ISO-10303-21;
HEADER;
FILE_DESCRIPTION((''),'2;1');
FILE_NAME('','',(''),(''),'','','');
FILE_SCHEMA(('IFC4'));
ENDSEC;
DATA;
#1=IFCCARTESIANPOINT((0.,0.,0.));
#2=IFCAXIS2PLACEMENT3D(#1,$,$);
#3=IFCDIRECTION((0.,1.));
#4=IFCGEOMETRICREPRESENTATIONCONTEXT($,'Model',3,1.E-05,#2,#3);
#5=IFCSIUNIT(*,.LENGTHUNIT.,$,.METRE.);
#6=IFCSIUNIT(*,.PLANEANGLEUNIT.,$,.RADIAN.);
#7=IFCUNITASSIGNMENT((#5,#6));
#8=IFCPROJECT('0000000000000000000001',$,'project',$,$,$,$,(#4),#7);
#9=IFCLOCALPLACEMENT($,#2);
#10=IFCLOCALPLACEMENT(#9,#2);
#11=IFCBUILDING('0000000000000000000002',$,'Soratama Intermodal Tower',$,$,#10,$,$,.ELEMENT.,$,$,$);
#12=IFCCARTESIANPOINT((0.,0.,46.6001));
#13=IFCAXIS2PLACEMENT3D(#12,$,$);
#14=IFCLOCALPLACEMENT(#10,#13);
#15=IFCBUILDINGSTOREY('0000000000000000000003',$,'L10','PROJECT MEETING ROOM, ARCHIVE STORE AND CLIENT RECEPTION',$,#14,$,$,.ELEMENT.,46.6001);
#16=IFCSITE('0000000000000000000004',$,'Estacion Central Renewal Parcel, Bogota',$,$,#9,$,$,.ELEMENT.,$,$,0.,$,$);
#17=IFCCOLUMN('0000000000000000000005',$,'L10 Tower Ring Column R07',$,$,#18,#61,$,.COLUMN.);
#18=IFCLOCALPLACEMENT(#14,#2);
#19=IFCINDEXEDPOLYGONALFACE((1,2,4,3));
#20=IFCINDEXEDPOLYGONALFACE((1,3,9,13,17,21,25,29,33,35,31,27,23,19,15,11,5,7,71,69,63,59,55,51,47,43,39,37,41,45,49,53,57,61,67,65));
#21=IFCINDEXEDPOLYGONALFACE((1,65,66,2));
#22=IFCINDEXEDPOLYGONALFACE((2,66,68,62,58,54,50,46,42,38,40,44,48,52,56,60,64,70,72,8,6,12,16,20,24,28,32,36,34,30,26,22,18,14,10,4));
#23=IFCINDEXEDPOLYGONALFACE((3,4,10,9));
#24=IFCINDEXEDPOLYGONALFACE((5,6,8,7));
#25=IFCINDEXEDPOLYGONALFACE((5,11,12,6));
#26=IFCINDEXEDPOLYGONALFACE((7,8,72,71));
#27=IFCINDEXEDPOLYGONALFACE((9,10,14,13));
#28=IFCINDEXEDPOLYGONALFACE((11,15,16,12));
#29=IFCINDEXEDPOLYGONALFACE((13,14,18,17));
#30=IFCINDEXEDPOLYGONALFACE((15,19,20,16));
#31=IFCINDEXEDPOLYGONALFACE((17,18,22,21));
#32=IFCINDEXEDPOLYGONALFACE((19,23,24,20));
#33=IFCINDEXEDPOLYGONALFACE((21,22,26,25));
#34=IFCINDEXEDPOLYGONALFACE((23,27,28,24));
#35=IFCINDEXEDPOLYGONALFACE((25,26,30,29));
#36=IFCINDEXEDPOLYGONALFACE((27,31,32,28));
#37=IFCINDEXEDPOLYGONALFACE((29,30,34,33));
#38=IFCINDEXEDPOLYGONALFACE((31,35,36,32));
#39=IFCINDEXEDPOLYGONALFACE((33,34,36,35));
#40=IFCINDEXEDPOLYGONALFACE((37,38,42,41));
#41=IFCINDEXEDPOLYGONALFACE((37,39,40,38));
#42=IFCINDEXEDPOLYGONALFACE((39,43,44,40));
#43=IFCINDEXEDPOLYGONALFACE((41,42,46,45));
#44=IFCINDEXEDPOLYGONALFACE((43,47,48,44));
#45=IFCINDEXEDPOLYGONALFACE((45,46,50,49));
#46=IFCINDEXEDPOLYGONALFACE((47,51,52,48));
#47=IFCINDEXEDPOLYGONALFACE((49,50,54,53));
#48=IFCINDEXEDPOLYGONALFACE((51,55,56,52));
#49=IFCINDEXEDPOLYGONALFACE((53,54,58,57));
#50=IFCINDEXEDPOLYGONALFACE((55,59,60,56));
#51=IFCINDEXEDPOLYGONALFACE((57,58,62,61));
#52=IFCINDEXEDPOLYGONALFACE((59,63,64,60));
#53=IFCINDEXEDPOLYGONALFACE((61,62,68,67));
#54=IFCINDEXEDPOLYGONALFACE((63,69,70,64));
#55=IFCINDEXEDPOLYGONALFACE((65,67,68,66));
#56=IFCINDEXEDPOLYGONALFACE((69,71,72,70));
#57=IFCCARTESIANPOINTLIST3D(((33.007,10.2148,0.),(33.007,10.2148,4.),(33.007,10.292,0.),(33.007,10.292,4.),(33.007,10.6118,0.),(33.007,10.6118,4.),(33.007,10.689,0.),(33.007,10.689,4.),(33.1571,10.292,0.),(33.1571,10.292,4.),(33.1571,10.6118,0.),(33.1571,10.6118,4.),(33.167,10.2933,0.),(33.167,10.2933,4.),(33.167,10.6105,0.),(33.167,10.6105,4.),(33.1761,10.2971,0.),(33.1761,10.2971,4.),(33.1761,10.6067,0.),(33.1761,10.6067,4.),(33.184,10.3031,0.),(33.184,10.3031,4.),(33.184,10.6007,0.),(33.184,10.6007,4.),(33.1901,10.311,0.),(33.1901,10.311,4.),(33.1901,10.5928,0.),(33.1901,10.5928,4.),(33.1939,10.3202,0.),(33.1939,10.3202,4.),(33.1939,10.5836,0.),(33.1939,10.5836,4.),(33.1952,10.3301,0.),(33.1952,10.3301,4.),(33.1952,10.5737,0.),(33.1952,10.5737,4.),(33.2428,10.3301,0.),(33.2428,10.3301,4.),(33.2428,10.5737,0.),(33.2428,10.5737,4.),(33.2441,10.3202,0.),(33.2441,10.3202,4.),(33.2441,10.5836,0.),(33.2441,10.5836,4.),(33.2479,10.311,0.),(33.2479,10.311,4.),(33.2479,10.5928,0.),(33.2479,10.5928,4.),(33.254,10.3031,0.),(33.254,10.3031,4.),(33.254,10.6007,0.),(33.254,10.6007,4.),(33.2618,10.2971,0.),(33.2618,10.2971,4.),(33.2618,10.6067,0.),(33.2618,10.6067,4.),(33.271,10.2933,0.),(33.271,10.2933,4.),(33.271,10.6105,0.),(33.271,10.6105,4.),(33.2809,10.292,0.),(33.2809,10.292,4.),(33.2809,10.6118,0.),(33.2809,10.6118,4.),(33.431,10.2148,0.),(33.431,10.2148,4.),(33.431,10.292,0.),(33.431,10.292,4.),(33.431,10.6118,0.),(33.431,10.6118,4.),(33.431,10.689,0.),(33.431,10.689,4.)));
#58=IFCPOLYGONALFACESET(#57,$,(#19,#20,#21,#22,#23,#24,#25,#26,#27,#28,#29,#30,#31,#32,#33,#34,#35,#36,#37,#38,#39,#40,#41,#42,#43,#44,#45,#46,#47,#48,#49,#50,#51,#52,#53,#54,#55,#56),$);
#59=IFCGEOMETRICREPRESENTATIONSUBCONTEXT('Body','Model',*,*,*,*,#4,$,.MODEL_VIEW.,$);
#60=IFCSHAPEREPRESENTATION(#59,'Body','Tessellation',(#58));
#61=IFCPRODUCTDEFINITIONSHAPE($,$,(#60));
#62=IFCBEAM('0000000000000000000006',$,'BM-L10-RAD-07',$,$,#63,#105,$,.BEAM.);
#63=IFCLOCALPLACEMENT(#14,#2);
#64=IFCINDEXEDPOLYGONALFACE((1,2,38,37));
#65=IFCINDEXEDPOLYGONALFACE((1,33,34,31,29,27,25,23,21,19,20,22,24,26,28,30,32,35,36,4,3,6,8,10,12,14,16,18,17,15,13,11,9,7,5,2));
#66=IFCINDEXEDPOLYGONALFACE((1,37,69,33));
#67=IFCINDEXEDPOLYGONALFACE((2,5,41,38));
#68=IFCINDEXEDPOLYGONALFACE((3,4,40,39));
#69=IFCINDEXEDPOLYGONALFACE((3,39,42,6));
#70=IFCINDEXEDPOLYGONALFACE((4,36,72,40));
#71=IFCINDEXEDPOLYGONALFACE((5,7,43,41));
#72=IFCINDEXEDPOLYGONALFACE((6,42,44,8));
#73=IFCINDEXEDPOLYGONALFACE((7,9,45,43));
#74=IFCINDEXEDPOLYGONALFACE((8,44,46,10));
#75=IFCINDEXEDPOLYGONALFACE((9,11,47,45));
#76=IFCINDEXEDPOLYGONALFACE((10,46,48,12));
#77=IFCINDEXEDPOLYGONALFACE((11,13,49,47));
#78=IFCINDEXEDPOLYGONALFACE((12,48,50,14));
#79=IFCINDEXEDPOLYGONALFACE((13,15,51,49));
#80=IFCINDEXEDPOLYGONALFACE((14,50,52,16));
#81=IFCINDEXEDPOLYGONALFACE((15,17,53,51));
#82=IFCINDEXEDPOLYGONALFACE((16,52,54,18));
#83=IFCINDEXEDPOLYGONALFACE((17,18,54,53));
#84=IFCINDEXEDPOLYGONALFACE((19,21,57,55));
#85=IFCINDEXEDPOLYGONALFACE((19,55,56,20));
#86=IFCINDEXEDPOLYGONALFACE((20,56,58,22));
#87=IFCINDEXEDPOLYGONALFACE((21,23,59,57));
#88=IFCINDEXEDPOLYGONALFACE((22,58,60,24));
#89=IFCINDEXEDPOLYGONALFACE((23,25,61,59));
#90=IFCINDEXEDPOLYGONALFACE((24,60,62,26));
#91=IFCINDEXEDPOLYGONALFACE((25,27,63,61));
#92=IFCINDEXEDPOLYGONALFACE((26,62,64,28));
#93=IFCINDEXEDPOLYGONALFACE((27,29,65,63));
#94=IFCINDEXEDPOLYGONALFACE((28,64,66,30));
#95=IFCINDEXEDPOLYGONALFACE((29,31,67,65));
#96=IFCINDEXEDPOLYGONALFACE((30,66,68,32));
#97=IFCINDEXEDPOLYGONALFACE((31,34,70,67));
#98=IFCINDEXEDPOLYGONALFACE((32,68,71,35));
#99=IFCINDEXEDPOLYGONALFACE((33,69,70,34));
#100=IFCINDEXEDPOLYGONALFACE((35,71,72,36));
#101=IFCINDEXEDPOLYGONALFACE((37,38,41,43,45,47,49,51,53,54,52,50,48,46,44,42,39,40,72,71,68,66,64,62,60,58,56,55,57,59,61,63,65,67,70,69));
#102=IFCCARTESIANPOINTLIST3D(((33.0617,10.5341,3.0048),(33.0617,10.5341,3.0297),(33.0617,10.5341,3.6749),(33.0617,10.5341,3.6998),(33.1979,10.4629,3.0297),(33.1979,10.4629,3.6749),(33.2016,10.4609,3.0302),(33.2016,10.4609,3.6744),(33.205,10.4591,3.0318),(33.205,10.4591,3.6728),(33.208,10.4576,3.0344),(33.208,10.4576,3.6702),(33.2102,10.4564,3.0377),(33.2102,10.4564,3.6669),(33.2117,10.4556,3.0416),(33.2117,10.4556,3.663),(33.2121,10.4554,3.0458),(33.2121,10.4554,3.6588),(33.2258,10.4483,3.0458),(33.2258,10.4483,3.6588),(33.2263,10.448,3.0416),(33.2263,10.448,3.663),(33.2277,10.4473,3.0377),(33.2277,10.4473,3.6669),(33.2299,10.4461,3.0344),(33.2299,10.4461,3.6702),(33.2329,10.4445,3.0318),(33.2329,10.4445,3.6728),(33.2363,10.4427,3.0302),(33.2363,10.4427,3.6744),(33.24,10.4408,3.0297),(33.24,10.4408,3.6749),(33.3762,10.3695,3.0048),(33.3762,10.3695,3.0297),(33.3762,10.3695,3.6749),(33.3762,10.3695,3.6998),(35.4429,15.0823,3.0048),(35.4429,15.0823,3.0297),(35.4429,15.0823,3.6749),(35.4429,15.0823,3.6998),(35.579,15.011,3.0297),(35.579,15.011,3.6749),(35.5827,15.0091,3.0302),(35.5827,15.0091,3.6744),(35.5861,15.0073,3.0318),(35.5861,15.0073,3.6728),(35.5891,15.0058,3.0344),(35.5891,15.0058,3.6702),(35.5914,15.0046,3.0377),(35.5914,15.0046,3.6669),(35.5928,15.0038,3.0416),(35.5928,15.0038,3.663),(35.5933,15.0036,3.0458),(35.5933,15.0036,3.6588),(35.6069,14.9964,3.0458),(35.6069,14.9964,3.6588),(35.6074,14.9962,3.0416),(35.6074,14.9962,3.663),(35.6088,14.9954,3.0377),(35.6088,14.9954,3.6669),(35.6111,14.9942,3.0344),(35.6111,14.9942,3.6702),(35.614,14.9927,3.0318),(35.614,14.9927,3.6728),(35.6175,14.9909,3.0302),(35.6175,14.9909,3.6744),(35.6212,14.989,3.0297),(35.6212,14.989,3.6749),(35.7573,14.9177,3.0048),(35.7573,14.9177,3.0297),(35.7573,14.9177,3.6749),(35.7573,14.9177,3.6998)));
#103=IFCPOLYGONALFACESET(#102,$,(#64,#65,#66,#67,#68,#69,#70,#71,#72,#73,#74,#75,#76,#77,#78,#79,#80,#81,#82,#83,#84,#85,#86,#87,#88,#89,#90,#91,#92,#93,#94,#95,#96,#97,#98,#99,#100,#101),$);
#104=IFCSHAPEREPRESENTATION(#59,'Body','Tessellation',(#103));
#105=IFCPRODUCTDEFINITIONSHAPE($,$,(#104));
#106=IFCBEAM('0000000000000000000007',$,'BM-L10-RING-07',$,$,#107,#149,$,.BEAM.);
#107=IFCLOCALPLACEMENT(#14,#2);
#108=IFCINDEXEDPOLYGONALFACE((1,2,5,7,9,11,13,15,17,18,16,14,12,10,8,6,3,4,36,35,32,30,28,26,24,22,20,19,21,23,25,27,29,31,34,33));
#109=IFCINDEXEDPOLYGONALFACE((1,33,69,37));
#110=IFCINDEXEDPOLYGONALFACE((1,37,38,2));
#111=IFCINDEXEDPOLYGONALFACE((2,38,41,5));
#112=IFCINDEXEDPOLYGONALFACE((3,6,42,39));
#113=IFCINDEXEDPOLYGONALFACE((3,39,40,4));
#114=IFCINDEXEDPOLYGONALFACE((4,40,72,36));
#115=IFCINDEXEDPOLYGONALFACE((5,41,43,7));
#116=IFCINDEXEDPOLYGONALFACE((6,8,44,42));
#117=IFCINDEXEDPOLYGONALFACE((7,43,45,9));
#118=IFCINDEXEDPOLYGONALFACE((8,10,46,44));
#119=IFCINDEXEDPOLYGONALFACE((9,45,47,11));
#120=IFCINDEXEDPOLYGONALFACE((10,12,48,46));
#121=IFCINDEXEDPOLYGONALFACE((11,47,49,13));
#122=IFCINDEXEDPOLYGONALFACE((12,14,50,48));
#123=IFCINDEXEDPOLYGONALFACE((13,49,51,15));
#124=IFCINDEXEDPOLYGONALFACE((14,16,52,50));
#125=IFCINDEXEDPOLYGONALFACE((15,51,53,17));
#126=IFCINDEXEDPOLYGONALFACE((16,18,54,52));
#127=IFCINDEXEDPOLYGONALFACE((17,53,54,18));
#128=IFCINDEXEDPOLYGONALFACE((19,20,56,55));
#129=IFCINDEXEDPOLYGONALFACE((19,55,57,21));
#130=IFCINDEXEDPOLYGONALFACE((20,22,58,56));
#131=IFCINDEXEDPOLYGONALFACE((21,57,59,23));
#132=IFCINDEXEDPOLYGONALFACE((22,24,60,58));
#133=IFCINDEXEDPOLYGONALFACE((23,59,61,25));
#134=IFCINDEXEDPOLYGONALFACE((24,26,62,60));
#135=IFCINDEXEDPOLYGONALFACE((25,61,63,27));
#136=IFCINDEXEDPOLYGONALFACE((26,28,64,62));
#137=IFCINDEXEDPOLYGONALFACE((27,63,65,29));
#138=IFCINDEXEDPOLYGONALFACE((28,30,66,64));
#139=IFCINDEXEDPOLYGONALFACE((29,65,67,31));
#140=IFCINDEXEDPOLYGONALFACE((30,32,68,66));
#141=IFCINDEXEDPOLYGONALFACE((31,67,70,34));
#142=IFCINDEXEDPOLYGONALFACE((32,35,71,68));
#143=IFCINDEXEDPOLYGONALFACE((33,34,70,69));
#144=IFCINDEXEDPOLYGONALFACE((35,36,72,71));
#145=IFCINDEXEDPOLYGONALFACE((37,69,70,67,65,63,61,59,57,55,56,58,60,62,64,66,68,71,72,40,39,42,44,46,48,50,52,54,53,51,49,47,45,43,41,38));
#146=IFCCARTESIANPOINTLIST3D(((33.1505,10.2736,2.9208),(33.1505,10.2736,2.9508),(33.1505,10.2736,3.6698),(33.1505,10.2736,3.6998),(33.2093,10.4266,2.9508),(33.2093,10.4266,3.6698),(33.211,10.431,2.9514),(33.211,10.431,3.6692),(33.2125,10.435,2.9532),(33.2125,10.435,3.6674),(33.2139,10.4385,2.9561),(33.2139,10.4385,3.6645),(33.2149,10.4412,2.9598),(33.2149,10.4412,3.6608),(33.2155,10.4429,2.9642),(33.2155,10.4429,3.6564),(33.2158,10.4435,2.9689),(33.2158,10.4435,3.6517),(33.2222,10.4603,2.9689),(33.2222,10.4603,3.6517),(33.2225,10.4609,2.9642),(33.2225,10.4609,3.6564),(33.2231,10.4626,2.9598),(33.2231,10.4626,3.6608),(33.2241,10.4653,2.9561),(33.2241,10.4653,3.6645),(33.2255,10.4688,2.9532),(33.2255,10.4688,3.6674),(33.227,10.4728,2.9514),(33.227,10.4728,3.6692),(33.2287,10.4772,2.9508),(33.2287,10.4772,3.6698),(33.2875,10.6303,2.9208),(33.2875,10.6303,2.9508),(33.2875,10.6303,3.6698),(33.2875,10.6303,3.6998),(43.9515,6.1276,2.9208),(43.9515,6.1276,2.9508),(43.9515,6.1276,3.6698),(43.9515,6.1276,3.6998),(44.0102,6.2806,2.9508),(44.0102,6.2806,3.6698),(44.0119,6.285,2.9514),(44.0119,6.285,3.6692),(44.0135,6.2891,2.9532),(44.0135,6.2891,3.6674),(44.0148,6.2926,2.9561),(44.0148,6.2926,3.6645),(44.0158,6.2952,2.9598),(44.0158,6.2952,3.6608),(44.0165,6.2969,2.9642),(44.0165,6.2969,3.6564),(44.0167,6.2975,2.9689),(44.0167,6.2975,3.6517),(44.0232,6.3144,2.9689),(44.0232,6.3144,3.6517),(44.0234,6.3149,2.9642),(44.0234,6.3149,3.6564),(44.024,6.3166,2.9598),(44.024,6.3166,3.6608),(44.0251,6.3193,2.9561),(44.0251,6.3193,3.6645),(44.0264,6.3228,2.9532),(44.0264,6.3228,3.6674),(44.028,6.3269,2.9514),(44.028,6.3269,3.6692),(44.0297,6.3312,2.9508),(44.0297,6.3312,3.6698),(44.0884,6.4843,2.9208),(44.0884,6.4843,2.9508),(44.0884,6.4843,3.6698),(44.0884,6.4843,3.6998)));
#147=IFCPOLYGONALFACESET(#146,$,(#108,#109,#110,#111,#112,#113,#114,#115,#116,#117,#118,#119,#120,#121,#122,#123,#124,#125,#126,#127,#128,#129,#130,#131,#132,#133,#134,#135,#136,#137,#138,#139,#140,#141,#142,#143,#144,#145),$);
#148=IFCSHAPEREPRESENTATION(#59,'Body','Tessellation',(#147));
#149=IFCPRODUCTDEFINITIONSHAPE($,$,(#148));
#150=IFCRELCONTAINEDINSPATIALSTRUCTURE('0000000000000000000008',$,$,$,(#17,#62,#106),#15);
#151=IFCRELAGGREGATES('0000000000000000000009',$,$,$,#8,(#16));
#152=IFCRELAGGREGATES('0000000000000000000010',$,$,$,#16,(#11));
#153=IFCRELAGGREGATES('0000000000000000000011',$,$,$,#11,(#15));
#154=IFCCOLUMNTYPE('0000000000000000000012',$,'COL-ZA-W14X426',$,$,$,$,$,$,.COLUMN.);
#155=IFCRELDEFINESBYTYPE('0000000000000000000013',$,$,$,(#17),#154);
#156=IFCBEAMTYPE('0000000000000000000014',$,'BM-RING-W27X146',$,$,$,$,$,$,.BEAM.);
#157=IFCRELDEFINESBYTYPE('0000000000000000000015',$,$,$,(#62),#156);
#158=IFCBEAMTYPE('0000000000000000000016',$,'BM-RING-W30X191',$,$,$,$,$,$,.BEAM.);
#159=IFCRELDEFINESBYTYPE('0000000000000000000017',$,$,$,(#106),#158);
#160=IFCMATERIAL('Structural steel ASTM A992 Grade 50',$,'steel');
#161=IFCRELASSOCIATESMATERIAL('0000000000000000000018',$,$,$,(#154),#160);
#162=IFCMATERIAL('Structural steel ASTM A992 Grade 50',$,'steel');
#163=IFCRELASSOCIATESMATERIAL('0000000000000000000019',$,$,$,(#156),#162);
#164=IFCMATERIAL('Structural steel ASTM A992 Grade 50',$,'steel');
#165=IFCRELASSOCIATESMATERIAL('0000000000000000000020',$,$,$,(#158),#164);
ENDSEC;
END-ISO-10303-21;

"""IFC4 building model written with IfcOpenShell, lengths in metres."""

from ifc_helpers import new_model, si_unit, direction, frame, origin, origin_2d, place, context, subcontext, project, spatial, i_section, extrude, material, material_profile, profile_set, type_object, element, save


model = new_model("IFC4")

# Units and contexts
model_context = context("Model", 3, precision=1e-05, world=origin(), true_north=direction((0.0, 1.0)))
body_context = subcontext(model_context, "Body", "Model", "MODEL_VIEW")
ifc_project = project(units=[si_unit("LENGTHUNIT", "METRE"), si_unit("PLANEANGLEUNIT", "RADIAN")], contexts=[model_context])

# Site, building, storey
site_placement = place(None, origin())
site = spatial("IfcSite", under=ifc_project, at=site_placement, Name="Estacion Central Renewal Parcel, Bogota", CompositionType="ELEMENT", RefElevation=0.0)
building_placement = place(site_placement, origin())
building = spatial("IfcBuilding", under=site, at=building_placement, Name="Soratama Intermodal Tower", CompositionType="ELEMENT")
storey_placement = place(building_placement, frame((0.0, 0.0, 46.6001)))
storey = spatial("IfcBuildingStorey", under=building, at=storey_placement, Name="L10", Description="PROJECT MEETING ROOM, ARCHIVE STORE AND CLIENT RECEPTION", CompositionType="ELEMENT", Elevation=46.6001)

# Column
ifc_material_1 = material(Name="Structural steel ASTM A992 Grade 50", Category="steel")
ifc_material_profile_1 = material_profile(ifc_material_1, i_section(OverallWidth=0.4241, OverallDepth=0.4741, WebThickness=0.0476, FlangeThickness=0.0771, FilletRadius=0.0381, at=origin_2d()), Name="W14X426")
ifc_profile_set_1 = profile_set([ifc_material_profile_1], Name="Structural steel ASTM A992 Grade 50")
column_type = type_object("IfcColumnType", Name="COL-ZA-W14X426", PredefinedType="COLUMN", material=ifc_profile_set_1)
column_placement = place(storey_placement, frame((33.219, 10.4519, 0.0), z_axis=(0.0, 0.0, 1.0), x_axis=(1.0, 0.0, 0.0)))
element("IfcColumn", 1, at=column_placement, inside=storey, type_object=column_type, Name="L10 Tower Ring Column R07", PredefinedType="COLUMN", context=body_context, shape_type="SweptSolid", body=[
    extrude(i_section(OverallWidth=0.4241, OverallDepth=0.4741, WebThickness=0.0476, FlangeThickness=0.0771, FilletRadius=0.0381, at=origin_2d()), origin(), (0.0, 0.0, 1.0), 4.0),
])

# Beams
ifc_material_2 = material(Name="Structural steel ASTM A992 Grade 50", Category="steel")
ifc_material_profile_2 = material_profile(ifc_material_2, i_section(OverallWidth=0.355, OverallDepth=0.6951, WebThickness=0.0154, FlangeThickness=0.0249, FilletRadius=0.0161, at=origin_2d()), Name="W27X146")
ifc_profile_set_2 = profile_set([ifc_material_profile_2], Name="Structural steel ASTM A992 Grade 50")
beam_type_1 = type_object("IfcBeamType", Name="BM-RING-W27X146", PredefinedType="BEAM", material=ifc_profile_set_2)
beam_1_placement = place(storey_placement, frame((35.6001, 15.0, 3.3523), z_axis=(-0.463819, -0.88593, 0.0), x_axis=(0.88593, -0.463819, 0.0)))
element("IfcBeam", 2, at=beam_1_placement, inside=storey, type_object=beam_type_1, Name="BM-L10-RAD-07", PredefinedType="BEAM", context=body_context, shape_type="SweptSolid", body=[
    extrude(i_section(OverallWidth=0.355, OverallDepth=0.6951, WebThickness=0.0154, FlangeThickness=0.0249, FilletRadius=0.0161, at=origin_2d()), origin(), (0.0, 0.0, 1.0), 5.1338),
])
ifc_material_3 = material(Name="Structural steel ASTM A992 Grade 50", Category="steel")
ifc_material_profile_3 = material_profile(ifc_material_3, i_section(OverallWidth=0.3821, OverallDepth=0.7791, WebThickness=0.0181, FlangeThickness=0.03, FilletRadius=0.0181, at=origin_2d()), Name="W30X191")
ifc_profile_set_3 = profile_set([ifc_material_profile_3], Name="Structural steel ASTM A992 Grade 50")
beam_type_2 = type_object("IfcBeamType", Name="BM-RING-W30X191", PredefinedType="BEAM", material=ifc_profile_set_3)
beam_2_placement = place(storey_placement, frame((33.219, 10.4519, 3.3103), z_axis=(0.933584, -0.358358, 0.0), x_axis=(0.358358, 0.933584, 0.0)))
element("IfcBeam", 3, at=beam_2_placement, inside=storey, type_object=beam_type_2, Name="BM-L10-RING-07", PredefinedType="BEAM", context=body_context, shape_type="SweptSolid", body=[
    extrude(i_section(OverallWidth=0.3821, OverallDepth=0.7791, WebThickness=0.0181, FlangeThickness=0.03, FilletRadius=0.0181, at=origin_2d()), origin(), (0.0, 0.0, 1.0), 11.5693),
])

save(model, "model.ifc")
